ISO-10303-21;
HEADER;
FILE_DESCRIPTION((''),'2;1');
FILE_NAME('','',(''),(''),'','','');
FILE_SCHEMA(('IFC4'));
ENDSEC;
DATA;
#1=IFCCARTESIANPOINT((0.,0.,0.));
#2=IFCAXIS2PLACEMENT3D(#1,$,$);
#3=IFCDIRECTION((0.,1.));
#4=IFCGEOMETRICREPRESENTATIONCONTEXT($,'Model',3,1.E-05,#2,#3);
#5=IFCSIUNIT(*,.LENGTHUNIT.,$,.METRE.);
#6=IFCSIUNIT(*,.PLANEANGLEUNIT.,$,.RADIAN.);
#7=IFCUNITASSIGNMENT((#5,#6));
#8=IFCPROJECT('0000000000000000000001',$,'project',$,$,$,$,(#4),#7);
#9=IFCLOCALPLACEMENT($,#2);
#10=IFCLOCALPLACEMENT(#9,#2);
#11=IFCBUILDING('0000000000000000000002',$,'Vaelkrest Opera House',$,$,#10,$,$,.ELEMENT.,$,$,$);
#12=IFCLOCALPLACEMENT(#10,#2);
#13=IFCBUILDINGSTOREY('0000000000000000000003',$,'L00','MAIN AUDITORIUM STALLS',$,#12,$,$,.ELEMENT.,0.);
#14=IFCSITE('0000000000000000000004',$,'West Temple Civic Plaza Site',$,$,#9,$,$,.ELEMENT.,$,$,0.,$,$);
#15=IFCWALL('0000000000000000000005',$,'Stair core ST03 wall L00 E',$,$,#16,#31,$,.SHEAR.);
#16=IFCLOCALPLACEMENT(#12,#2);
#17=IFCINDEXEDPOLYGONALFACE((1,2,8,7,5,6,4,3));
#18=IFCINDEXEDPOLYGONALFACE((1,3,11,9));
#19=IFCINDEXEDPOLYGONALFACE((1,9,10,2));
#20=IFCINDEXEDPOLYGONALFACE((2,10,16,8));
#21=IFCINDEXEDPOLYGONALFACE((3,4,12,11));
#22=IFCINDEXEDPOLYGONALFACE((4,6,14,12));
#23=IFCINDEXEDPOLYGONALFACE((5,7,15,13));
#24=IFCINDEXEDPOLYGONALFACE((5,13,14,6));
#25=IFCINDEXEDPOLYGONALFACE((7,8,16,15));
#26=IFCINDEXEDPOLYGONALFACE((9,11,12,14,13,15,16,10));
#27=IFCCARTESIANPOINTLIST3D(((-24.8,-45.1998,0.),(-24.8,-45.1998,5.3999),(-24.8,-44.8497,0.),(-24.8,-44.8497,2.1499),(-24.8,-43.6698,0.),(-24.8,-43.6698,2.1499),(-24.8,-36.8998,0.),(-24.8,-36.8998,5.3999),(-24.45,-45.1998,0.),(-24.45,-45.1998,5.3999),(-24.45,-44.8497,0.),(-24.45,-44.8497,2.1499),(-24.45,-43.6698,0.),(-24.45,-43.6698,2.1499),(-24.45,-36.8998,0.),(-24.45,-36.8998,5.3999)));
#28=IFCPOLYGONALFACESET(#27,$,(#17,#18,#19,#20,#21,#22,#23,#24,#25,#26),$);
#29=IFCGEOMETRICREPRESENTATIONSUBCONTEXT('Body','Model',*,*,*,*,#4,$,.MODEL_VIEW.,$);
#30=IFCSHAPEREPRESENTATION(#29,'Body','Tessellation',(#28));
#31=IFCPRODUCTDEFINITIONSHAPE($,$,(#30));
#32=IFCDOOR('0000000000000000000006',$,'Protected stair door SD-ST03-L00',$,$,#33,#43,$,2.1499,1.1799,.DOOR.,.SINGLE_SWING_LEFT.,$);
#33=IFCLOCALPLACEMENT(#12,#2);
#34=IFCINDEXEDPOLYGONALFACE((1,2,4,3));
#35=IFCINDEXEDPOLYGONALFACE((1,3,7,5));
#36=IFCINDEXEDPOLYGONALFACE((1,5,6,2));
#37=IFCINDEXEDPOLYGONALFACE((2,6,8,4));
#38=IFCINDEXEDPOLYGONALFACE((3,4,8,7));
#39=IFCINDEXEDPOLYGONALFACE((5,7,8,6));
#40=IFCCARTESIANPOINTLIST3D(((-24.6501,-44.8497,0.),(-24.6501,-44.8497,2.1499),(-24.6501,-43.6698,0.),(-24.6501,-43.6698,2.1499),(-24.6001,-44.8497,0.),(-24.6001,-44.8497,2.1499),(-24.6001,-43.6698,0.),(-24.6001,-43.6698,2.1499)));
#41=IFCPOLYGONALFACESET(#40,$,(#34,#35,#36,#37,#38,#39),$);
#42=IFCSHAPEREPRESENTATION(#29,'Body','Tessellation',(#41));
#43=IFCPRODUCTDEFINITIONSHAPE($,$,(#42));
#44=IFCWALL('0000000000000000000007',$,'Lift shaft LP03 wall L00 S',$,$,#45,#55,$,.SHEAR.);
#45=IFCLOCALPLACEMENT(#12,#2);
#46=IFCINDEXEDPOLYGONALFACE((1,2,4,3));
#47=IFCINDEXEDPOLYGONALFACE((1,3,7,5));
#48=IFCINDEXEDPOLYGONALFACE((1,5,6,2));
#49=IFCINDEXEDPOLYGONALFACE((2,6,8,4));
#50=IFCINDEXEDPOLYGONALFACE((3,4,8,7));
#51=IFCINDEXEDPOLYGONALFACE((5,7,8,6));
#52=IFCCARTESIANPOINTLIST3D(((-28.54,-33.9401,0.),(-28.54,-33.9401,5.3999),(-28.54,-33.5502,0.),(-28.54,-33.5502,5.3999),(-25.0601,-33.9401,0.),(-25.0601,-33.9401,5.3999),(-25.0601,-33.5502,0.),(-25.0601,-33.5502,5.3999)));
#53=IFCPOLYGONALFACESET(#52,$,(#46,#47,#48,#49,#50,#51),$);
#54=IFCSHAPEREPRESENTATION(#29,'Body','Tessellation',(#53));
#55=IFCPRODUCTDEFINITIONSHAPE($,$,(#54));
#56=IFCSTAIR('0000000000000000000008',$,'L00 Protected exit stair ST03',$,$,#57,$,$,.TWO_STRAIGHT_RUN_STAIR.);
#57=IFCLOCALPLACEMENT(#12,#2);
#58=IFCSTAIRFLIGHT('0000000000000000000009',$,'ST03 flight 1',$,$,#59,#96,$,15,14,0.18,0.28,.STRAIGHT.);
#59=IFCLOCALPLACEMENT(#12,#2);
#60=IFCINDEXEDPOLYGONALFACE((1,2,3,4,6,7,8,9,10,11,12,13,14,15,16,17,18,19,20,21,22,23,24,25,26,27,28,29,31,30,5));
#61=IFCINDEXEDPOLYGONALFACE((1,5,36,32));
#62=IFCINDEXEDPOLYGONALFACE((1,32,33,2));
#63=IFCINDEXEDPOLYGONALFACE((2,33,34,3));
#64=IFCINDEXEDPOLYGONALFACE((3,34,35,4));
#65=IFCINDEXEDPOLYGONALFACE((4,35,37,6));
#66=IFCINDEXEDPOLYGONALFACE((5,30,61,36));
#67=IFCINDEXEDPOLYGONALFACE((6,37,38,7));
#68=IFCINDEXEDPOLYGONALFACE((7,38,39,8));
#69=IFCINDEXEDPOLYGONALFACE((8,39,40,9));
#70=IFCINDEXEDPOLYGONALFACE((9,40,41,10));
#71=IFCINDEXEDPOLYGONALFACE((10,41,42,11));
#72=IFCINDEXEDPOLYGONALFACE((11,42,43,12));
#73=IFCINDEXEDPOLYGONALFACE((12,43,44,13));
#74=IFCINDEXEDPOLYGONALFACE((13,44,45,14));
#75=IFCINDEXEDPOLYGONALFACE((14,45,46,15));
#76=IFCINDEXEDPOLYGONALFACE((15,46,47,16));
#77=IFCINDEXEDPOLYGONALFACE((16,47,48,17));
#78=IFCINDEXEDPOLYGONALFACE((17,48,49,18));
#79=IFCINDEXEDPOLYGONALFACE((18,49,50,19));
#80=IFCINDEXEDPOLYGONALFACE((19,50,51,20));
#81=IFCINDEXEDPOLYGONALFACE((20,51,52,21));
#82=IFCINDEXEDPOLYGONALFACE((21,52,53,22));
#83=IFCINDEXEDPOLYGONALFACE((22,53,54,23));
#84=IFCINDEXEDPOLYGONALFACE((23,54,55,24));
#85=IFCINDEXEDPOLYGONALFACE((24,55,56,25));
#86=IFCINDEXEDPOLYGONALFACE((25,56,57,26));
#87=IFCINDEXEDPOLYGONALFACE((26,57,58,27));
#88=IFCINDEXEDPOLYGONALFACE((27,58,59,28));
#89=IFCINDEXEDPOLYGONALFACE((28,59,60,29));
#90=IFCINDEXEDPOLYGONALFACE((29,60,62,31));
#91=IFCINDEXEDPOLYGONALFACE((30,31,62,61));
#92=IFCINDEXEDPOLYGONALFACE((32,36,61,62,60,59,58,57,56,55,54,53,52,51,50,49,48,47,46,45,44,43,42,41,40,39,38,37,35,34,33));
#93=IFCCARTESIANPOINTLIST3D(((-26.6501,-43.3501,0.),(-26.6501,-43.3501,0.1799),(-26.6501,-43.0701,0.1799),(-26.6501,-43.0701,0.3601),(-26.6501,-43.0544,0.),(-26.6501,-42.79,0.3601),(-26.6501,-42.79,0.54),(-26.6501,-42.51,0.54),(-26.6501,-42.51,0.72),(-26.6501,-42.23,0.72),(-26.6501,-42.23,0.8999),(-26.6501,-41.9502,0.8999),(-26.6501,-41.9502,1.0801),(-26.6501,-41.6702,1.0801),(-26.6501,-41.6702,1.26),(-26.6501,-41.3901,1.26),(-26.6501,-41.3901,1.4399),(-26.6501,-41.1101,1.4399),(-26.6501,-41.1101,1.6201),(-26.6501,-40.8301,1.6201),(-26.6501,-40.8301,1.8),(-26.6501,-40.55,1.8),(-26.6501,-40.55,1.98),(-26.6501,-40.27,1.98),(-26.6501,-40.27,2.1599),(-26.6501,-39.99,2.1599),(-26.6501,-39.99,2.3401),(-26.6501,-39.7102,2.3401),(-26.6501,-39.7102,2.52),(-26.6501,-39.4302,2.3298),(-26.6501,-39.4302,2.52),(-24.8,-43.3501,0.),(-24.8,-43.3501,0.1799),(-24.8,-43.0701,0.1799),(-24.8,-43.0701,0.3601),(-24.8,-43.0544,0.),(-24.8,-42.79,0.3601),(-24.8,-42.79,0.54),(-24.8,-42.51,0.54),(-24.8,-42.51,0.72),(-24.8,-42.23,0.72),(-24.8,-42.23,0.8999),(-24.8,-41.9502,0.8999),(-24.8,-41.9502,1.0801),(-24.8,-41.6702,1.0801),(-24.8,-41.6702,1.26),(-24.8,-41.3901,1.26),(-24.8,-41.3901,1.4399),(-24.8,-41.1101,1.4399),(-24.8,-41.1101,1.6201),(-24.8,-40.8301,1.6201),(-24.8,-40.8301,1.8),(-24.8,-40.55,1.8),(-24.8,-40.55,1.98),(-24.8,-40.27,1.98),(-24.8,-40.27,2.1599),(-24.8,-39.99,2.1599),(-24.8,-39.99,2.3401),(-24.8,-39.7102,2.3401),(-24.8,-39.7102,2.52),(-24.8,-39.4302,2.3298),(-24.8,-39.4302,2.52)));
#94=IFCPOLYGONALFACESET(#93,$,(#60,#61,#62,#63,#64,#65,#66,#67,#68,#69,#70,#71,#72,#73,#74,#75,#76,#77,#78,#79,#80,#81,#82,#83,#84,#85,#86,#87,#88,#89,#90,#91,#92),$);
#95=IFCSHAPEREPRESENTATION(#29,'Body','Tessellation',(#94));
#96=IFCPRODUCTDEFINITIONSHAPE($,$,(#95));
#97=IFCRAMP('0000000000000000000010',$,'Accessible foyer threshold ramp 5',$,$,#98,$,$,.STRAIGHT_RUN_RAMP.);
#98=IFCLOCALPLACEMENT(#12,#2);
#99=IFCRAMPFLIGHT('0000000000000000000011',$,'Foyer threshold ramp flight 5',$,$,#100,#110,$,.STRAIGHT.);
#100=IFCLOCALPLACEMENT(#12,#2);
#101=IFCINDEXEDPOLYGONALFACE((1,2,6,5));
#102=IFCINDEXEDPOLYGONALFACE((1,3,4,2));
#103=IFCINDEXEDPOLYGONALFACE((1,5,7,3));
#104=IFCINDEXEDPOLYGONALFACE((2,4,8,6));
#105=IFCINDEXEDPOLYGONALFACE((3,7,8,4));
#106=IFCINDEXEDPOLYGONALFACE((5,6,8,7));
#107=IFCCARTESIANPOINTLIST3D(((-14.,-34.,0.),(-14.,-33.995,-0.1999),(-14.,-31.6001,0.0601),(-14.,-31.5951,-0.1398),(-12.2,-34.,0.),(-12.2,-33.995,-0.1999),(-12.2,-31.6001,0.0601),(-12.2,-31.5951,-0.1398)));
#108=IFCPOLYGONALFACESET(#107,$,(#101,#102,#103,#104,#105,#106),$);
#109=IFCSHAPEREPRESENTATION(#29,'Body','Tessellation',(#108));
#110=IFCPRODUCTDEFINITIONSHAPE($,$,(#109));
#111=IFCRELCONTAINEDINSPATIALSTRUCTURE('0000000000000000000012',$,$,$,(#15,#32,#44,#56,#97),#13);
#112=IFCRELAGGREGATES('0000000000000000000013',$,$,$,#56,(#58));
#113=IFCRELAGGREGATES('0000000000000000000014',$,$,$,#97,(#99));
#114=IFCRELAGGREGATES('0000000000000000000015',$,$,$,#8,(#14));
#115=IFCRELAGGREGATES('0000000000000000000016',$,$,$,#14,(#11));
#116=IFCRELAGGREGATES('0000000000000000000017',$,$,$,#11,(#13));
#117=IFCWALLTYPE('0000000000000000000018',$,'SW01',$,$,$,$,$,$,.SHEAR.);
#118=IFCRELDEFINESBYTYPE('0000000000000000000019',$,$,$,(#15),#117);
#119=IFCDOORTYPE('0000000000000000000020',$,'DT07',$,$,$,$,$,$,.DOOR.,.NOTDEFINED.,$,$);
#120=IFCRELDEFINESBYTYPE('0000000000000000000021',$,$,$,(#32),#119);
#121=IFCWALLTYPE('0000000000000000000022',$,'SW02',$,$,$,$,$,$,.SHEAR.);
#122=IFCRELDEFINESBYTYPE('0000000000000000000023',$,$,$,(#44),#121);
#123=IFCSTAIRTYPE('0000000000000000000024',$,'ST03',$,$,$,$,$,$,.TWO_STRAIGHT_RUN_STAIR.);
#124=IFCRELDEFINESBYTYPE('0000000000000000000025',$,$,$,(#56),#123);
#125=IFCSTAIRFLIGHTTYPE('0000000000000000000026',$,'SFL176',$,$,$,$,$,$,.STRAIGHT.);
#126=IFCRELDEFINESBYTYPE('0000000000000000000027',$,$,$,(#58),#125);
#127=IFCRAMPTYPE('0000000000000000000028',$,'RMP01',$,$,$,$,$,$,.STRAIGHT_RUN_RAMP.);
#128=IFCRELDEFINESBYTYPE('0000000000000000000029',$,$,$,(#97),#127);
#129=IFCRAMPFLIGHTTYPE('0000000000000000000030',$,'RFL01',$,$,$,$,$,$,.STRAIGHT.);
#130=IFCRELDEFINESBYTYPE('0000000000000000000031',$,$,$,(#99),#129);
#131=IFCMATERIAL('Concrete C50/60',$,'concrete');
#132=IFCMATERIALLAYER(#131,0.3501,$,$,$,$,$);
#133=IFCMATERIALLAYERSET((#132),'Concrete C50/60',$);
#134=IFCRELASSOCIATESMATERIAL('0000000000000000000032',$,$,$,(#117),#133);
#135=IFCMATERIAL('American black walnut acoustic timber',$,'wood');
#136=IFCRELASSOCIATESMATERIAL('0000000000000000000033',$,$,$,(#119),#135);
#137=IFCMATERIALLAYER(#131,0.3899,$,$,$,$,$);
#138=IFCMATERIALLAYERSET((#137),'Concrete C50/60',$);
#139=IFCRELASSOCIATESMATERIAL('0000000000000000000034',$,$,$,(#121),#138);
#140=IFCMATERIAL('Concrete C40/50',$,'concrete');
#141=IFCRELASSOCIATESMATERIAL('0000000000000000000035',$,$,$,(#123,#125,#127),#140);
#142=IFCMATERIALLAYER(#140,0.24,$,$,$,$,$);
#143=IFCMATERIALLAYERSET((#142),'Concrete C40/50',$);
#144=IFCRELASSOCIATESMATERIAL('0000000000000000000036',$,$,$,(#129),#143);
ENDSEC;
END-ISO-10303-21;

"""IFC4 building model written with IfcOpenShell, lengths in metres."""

from ifc_helpers import new_model, si_unit, direction, frame, frame_2d, origin, place, context, subcontext, project, spatial, polyline, rectangle, outline, extrude, material, layer, layer_set, type_object, element, fill, aggregate, save


model = new_model("IFC4")

# Units and contexts
model_context = context("Model", 3, precision=1e-05, world=origin(), true_north=direction((0.0, 1.0)))
body_context = subcontext(model_context, "Body", "Model", "MODEL_VIEW")
ifc_project = project(units=[si_unit("LENGTHUNIT", "METRE"), si_unit("PLANEANGLEUNIT", "RADIAN")], contexts=[model_context])

# Site, building, storey
site_placement = place(None, origin())
site = spatial("IfcSite", under=ifc_project, at=site_placement, Name="West Temple Civic Plaza Site", CompositionType="ELEMENT", RefElevation=0.0)
building_placement = place(site_placement, origin())
building = spatial("IfcBuilding", under=site, at=building_placement, Name="Vaelkrest Opera House", CompositionType="ELEMENT")
storey_placement = place(building_placement, origin())
storey = spatial("IfcBuildingStorey", under=building, at=storey_placement, Name="L00", Description="MAIN AUDITORIUM STALLS", CompositionType="ELEMENT", Elevation=0.0)

# Shared definitions
ifc_material_1 = material(Name="Concrete C50/60", Category="concrete")

# Shared definitions
ifc_layer_1 = layer(ifc_material_1, 0.3501)
ifc_layer_set_1 = layer_set([ifc_layer_1], Name="Concrete C50/60")
wall_type_1 = type_object("IfcWallType", Name="SW01", PredefinedType="SHEAR", material=ifc_layer_set_1)

# Wall, opening, door
wall_1_placement = place(storey_placement, frame((-24.625, -36.8999, 0.0), z_axis=(0.0, 0.0, 1.0), x_axis=(0.0, -1.0, 0.0)))
wall_1 = element("IfcWall", 1, at=wall_1_placement, inside=storey, type_object=wall_type_1, Name="Stair core ST03 wall L00 E", PredefinedType="SHEAR", context=body_context, shape_type="SweptSolid", body=[
    extrude(rectangle(XDim=8.3, YDim=0.3501, at=frame_2d((4.1499, 0.0))), origin(), (0.0, 0.0, 1.0), 5.3999),
])
opening_placement = place(wall_1_placement, frame((6.77, 0.0, 0.0)))
opening = element("IfcOpeningElement", 2, at=opening_placement, cuts=wall_1, PredefinedType="OPENING", context=body_context, shape_type="SweptSolid", body=[
    extrude(rectangle(XDim=1.1799, YDim=2.1499, at=frame_2d((0.5898, 1.075))), frame((0.0, 0.1851, 0.0), z_axis=(0.0, -1.0, 0.0), x_axis=(1.0, 0.0, 0.0)), (0.0, 0.0, 1.0), 0.3701),
])
ifc_material_2 = material(Name="American black walnut acoustic timber", Category="wood")
door_type = type_object("IfcDoorType", Name="DT07", OperationType="NOTDEFINED", PredefinedType="DOOR", material=ifc_material_2)
door_placement = place(opening_placement, origin())
door = element("IfcDoor", 3, at=door_placement, inside=storey, type_object=door_type, Name="Protected stair door SD-ST03-L00", OperationType="SINGLE_SWING_LEFT", OverallHeight=2.1499, OverallWidth=1.1799, PredefinedType="DOOR", context=body_context, shape_type="SweptSolid", body=[
    extrude(rectangle(XDim=1.1799, YDim=2.1499, at=frame_2d((0.5898, 1.075))), frame((0.0, 0.0249, 0.0), z_axis=(0.0, -1.0, 0.0), x_axis=(1.0, 0.0, 0.0)), (0.0, 0.0, 1.0), 0.05),
])
fill(opening, door)

# Wall
ifc_layer_2 = layer(ifc_material_1, 0.3899)
ifc_layer_set_2 = layer_set([ifc_layer_2], Name="Concrete C50/60")
wall_type_2 = type_object("IfcWallType", Name="SW02", PredefinedType="SHEAR", material=ifc_layer_set_2)
wall_2_placement = place(storey_placement, frame((-25.0601, -33.7451, 0.0), z_axis=(0.0, 0.0, 1.0), x_axis=(-1.0, 0.0, 0.0)))
element("IfcWall", 4, at=wall_2_placement, inside=storey, type_object=wall_type_2, Name="Lift shaft LP03 wall L00 S", PredefinedType="SHEAR", context=body_context, shape_type="SweptSolid", body=[
    extrude(rectangle(XDim=3.48, YDim=0.3899, at=frame_2d((1.74, 0.0))), origin(), (0.0, 0.0, 1.0), 5.3999),
])

# Stair, stair flight
ifc_material_3 = material(Name="Concrete C40/50", Category="concrete")
stair_type = type_object("IfcStairType", Name="ST03", PredefinedType="TWO_STRAIGHT_RUN_STAIR", material=ifc_material_3)
stair_placement = place(storey_placement, origin())
stair = element("IfcStair", 5, at=stair_placement, inside=storey, type_object=stair_type, Name="L00 Protected exit stair ST03", PredefinedType="TWO_STRAIGHT_RUN_STAIR")
stair_flight_type = type_object("IfcStairFlightType", Name="SFL176", PredefinedType="STRAIGHT", material=ifc_material_3)
stair_flight_placement = place(storey_placement, frame((-25.7251, -43.3501, 0.0), z_axis=(0.0, 0.0, 1.0), x_axis=(0.0, 1.0, 0.0)))
stair_flight = element("IfcStairFlight", 6, at=stair_flight_placement, type_object=stair_flight_type, Name="ST03 flight 1", NumberOfRisers=15, NumberOfTreads=14, PredefinedType="STRAIGHT", RiserHeight=0.18, TreadLength=0.28, context=body_context, shape_type="SweptSolid", body=[
    extrude(outline(polyline([(0.0, 0.0), (0.0, 0.1799), (0.28, 0.1799), (0.28, 0.3601), (0.5601, 0.3601), (0.5601, 0.54), (0.8401, 0.54), (0.8401, 0.72), (1.1201, 0.72), (1.1201, 0.8999), (1.3999, 0.8999), (1.3999, 1.0801), (1.6799, 1.0801), (1.6799, 1.26), (1.96, 1.26), (1.96, 1.4399), (2.24, 1.4399), (2.24, 1.6201), (2.52, 1.6201), (2.52, 1.8), (2.8, 1.8), (2.8, 1.98), (3.0801, 1.98), (3.0801, 2.1599), (3.3601, 2.1599), (3.3601, 2.3401), (3.6399, 2.3401), (3.6399, 2.52), (3.9199, 2.52), (3.9199, 2.7), (3.9199, 2.3298), (0.2957, 0.0), (0.0, 0.0)])), frame((0.0, 0.925, 0.0), z_axis=(0.0, -1.0, 0.0), x_axis=(1.0, 0.0, 0.0)), (0.0, 0.0, 1.0), 1.8501),
])
aggregate(stair, [stair_flight])

# Ramp, ramp flight
ramp_type = type_object("IfcRampType", Name="RMP01", PredefinedType="STRAIGHT_RUN_RAMP", material=ifc_material_3)
ramp_placement = place(storey_placement, origin())
ramp = element("IfcRamp", 7, at=ramp_placement, inside=storey, type_object=ramp_type, Name="Accessible foyer threshold ramp 5", PredefinedType="STRAIGHT_RUN_RAMP")
ifc_layer_3 = layer(ifc_material_3, 0.24)
ifc_layer_set_3 = layer_set([ifc_layer_3], Name="Concrete C40/50")
ramp_flight_type = type_object("IfcRampFlightType", Name="RFL01", PredefinedType="STRAIGHT", material=ifc_layer_set_3)
ramp_flight_placement = place(storey_placement, frame((-14.0, -34.0, 0.0), z_axis=(0.0, -0.025018, 0.999687), x_axis=(1.0, 0.0, 0.0)))
ramp_flight = element("IfcRampFlight", 8, at=ramp_flight_placement, type_object=ramp_flight_type, Name="Foyer threshold ramp flight 5", PredefinedType="STRAIGHT", context=body_context, shape_type="SweptSolid", body=[
    extrude(outline(polyline([(0.0, 0.0), (1.8, 0.0), (1.8, 2.4007), (0.0, 2.4007), (0.0, 0.0)])), origin(), (0.0, 0.0, -1.0), 0.2),
])
aggregate(ramp, [ramp_flight])

save(model, "model.ifc")
